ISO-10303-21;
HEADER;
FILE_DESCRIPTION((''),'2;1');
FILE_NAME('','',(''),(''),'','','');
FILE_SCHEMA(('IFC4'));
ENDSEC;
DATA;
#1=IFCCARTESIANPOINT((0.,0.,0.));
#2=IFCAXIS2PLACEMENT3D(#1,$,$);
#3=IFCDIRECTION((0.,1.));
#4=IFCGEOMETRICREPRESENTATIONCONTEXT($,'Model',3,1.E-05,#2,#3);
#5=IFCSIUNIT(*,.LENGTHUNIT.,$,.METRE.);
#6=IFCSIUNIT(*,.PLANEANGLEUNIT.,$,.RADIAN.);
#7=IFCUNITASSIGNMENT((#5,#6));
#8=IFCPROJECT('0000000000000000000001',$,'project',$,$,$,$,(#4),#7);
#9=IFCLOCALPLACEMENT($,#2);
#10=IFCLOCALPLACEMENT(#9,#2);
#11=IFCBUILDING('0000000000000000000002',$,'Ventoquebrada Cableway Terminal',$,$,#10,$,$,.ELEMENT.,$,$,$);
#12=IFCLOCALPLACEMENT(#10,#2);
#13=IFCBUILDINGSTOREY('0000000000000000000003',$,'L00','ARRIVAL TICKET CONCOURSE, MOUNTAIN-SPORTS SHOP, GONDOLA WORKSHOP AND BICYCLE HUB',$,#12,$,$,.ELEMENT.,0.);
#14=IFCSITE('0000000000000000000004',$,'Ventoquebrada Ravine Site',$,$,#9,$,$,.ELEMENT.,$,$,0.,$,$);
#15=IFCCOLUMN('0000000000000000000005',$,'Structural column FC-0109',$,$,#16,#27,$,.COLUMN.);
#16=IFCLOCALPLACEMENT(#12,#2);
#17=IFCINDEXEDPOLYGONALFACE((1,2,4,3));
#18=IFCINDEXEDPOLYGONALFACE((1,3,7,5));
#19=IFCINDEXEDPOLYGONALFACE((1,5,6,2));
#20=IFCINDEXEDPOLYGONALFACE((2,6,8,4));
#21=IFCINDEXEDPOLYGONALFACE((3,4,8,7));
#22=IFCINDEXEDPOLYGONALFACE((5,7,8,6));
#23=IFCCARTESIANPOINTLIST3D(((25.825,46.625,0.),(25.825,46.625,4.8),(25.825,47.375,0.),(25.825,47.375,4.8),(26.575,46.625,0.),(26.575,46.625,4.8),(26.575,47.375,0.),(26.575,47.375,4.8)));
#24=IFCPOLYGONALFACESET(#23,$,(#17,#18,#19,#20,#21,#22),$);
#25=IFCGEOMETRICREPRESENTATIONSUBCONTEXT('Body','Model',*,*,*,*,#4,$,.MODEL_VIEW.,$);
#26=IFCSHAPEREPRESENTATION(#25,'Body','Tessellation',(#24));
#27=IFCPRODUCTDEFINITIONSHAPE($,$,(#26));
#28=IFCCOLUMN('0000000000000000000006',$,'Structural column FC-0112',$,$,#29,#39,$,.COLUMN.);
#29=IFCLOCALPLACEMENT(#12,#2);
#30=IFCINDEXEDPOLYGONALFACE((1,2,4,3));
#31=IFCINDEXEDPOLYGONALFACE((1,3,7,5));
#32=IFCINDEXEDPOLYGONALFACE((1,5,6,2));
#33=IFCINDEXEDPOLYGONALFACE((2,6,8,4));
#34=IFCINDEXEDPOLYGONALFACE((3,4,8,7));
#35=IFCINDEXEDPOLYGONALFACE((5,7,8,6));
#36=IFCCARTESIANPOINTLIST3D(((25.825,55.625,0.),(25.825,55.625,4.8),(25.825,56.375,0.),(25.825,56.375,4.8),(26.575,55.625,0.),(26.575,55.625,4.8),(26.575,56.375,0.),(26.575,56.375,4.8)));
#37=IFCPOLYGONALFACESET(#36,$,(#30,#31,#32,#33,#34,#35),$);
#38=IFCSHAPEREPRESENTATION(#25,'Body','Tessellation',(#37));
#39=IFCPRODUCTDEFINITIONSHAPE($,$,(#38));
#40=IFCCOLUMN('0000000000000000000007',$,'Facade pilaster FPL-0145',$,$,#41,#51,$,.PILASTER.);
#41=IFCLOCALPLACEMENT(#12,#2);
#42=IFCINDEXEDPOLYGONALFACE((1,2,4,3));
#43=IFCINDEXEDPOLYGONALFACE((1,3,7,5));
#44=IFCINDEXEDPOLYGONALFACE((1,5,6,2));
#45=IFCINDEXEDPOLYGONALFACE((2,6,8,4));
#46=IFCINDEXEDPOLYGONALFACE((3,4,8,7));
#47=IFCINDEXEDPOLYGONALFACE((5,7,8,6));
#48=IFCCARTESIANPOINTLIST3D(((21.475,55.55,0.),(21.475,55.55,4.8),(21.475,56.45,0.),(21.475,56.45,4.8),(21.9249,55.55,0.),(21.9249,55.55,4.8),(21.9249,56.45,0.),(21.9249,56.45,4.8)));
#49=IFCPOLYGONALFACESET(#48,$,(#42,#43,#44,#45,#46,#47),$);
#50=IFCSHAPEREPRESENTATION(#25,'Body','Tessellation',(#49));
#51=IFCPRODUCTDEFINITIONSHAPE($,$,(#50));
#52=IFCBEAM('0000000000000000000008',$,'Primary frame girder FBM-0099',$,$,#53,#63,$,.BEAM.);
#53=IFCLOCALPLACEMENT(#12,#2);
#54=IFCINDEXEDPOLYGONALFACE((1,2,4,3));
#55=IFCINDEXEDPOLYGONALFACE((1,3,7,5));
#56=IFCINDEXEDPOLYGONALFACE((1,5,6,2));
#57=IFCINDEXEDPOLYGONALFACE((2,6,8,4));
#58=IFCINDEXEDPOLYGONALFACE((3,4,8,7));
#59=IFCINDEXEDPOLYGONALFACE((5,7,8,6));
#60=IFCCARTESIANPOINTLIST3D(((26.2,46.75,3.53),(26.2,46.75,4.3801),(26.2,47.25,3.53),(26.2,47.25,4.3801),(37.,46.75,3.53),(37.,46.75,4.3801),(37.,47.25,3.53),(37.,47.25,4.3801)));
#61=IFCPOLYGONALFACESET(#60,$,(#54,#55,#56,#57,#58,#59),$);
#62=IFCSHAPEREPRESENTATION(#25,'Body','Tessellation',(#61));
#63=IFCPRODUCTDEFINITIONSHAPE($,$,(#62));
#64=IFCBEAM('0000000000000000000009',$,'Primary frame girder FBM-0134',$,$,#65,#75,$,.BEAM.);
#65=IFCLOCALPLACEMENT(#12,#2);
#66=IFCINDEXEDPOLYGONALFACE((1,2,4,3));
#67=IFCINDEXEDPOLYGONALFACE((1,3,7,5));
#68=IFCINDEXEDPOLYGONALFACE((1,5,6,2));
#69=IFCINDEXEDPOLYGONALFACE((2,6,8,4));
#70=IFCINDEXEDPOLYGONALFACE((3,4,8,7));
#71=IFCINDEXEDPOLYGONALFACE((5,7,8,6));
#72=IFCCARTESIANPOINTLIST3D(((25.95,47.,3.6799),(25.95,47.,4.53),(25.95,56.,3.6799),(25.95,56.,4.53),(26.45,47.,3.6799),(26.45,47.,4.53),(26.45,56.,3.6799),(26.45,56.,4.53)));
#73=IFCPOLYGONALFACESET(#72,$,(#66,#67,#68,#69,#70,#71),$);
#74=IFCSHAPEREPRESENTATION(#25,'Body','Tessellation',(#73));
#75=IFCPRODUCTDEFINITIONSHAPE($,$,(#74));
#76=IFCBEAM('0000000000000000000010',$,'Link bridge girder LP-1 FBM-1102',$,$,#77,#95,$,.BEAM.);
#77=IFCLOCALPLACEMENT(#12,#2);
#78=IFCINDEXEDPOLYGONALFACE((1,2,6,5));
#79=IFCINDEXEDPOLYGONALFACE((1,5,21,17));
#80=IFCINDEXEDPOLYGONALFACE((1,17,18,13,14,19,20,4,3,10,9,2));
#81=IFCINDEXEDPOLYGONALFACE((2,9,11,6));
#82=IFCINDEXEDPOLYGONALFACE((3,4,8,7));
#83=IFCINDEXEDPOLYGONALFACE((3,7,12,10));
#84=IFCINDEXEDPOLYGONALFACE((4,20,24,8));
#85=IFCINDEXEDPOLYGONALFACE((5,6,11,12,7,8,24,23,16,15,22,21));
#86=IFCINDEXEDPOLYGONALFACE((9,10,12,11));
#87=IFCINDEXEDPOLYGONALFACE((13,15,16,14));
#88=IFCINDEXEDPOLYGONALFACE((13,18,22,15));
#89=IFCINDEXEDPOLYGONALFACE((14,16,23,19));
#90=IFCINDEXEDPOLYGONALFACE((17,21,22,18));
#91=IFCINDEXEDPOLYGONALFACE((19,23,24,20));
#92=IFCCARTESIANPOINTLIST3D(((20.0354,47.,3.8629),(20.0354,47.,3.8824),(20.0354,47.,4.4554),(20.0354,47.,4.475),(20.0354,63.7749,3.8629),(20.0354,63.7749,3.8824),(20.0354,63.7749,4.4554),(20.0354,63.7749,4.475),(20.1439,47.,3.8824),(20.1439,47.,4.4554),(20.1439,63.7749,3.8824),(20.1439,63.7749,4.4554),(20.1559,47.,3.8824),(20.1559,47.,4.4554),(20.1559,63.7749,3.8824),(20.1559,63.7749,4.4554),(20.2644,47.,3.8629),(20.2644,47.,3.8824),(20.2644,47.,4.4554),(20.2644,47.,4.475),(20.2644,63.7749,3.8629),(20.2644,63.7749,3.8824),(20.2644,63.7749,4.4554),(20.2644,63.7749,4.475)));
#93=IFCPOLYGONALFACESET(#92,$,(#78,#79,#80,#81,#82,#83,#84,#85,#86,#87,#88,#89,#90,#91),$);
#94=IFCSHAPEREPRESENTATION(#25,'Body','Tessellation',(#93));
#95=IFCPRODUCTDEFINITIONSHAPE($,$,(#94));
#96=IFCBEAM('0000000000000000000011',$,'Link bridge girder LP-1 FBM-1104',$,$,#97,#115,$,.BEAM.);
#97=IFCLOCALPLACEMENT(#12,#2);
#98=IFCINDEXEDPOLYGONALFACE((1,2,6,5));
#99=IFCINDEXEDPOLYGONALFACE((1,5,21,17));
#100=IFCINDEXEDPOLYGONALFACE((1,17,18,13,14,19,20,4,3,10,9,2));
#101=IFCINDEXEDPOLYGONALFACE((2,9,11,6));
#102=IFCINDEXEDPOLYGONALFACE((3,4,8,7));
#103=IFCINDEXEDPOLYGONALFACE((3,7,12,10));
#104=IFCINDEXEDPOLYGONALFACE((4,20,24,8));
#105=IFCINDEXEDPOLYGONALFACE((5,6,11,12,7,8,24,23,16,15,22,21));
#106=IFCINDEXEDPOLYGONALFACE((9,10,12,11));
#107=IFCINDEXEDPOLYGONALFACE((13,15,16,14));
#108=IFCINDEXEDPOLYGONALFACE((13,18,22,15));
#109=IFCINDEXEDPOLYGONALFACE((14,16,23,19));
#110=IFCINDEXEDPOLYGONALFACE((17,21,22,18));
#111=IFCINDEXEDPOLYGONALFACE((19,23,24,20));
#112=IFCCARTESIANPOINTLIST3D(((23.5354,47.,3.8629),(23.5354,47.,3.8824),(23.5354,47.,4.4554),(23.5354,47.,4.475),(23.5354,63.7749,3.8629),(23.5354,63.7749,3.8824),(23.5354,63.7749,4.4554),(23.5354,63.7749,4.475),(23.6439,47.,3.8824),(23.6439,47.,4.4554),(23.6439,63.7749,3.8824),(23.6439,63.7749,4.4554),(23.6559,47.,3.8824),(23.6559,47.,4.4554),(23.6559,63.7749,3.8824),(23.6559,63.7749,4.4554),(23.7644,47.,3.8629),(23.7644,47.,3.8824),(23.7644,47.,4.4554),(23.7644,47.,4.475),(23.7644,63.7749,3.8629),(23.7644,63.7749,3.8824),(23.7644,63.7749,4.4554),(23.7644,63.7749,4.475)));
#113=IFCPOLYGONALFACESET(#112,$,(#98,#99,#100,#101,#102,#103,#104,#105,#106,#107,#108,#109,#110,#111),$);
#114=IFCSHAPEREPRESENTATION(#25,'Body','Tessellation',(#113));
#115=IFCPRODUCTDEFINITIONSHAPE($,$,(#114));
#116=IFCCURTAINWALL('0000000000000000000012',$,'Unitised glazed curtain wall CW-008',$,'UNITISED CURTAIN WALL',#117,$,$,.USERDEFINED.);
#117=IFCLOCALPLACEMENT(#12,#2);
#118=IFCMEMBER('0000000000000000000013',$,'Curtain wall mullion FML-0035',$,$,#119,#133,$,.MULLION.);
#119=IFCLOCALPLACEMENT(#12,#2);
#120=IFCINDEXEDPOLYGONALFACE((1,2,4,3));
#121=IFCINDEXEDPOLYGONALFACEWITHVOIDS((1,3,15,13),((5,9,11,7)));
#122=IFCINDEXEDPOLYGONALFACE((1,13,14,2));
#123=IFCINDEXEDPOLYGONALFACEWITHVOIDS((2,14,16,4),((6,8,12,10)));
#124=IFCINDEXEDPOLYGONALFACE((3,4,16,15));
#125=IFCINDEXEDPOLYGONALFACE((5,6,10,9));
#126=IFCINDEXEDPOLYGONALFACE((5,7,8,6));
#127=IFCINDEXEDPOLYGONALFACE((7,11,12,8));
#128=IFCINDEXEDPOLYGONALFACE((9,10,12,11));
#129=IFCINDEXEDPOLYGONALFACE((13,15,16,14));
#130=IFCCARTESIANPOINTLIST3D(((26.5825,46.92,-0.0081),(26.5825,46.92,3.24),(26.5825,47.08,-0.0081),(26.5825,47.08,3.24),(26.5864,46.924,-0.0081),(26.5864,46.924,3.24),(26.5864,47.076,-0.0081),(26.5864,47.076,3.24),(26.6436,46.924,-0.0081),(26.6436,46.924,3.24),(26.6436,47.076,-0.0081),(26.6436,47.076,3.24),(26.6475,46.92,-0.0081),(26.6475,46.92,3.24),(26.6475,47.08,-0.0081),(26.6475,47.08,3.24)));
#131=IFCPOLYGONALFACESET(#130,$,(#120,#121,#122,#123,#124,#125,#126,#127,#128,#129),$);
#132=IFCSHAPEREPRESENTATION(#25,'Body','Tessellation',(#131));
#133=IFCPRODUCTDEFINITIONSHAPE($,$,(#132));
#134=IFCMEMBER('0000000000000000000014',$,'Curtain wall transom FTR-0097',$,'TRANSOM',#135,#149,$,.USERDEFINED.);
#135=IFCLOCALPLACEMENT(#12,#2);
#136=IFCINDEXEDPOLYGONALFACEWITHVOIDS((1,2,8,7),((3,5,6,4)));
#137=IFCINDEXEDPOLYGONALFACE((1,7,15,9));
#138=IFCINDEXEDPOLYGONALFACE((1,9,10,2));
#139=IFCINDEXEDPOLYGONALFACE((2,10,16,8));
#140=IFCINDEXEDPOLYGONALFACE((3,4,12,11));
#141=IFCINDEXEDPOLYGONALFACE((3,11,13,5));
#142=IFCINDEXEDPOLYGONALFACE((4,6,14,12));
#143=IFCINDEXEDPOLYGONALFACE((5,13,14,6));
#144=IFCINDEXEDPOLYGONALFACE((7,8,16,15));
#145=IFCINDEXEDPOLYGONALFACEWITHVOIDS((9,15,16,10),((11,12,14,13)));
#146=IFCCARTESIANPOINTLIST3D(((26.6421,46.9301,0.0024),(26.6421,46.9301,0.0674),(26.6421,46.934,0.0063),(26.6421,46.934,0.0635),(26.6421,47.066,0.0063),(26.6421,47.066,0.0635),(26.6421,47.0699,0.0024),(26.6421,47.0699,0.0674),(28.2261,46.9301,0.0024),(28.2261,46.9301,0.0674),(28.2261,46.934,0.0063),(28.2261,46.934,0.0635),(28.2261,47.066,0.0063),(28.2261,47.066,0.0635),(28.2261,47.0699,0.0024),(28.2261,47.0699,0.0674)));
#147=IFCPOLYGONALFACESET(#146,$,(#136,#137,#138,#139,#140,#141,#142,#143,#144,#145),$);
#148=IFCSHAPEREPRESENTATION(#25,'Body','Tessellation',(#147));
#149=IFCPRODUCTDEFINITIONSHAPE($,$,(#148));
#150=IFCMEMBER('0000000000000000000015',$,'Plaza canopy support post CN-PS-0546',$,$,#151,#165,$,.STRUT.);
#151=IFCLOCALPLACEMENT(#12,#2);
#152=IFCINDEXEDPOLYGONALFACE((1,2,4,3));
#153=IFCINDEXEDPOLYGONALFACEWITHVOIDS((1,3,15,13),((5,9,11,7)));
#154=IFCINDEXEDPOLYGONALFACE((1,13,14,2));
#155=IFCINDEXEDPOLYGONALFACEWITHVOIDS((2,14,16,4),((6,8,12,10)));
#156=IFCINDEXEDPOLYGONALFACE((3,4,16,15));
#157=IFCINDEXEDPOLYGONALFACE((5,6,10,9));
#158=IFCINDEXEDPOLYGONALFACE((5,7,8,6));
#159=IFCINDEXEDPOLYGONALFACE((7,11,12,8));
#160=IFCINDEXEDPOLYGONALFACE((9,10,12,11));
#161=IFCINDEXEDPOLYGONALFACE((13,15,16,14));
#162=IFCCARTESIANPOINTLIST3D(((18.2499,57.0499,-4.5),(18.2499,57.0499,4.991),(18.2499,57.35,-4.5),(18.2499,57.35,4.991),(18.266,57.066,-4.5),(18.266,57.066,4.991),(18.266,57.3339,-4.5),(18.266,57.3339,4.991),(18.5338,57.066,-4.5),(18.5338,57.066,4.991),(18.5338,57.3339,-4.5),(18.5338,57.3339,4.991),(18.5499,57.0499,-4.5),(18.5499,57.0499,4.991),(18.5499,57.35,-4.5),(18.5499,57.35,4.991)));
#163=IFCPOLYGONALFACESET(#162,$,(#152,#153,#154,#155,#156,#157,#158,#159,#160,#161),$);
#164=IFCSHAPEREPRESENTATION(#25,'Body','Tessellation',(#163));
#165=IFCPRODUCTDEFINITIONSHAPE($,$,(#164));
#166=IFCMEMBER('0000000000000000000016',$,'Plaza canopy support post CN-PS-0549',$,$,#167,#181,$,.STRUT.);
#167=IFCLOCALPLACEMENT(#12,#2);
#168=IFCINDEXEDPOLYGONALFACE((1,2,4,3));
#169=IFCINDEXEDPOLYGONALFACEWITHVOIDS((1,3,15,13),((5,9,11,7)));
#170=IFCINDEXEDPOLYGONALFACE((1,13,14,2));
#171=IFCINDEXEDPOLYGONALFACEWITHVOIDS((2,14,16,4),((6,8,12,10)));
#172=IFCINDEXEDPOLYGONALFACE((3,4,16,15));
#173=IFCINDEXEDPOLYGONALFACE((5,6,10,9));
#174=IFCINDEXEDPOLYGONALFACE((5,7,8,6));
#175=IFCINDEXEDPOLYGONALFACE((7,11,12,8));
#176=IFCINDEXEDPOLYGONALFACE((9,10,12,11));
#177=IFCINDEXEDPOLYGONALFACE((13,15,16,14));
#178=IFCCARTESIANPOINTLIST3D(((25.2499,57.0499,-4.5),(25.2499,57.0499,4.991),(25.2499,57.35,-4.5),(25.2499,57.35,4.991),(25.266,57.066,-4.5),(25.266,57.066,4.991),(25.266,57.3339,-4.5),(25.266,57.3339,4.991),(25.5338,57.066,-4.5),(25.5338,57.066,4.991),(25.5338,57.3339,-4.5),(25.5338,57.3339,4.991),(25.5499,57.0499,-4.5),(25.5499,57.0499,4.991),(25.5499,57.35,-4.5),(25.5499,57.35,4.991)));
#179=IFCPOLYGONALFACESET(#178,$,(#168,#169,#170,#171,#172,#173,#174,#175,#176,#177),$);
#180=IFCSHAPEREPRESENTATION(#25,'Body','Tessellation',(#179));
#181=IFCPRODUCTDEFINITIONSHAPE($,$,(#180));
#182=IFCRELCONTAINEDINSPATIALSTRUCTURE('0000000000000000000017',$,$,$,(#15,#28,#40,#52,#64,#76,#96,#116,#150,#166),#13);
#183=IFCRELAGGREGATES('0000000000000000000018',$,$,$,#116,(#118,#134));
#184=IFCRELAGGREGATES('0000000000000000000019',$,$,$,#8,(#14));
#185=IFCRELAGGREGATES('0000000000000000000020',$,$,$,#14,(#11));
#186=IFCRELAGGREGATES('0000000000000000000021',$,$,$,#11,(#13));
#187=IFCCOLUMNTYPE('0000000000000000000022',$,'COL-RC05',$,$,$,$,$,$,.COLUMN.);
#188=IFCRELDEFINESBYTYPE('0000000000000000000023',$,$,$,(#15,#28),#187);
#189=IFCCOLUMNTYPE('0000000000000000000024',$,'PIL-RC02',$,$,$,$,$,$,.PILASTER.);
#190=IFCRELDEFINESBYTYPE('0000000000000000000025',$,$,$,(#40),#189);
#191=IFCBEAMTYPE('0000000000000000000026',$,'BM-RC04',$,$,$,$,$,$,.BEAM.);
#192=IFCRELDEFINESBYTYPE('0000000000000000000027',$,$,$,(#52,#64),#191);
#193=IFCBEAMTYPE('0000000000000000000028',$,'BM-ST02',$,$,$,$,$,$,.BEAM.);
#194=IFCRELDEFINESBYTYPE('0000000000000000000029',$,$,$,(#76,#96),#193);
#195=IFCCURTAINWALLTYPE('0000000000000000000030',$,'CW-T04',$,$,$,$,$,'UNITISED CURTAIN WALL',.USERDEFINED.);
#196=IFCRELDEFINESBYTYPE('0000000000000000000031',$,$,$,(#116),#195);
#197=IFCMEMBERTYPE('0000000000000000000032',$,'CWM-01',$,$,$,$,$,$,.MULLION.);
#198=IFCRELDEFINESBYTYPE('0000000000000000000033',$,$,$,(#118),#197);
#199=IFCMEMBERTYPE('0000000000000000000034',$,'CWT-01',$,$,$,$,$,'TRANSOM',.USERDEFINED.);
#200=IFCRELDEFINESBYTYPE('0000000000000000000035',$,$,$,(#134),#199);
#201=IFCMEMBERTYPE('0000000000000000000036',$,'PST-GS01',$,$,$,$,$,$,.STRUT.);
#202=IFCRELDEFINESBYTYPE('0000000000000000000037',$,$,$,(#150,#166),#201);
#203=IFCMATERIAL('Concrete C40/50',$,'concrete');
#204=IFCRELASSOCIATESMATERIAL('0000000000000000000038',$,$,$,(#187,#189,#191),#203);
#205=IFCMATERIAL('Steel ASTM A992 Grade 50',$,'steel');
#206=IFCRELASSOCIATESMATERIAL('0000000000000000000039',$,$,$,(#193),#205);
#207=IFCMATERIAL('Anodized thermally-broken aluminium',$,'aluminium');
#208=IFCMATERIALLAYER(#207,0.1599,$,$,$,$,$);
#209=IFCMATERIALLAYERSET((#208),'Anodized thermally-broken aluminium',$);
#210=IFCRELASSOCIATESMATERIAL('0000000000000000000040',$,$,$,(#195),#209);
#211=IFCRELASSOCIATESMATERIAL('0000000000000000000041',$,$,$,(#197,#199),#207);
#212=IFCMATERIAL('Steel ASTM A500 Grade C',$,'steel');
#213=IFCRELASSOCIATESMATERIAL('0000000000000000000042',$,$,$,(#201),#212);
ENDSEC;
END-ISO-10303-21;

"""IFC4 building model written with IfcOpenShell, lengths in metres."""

from ifc_helpers import new_model, si_unit, direction, frame, origin, origin_2d, place, context, subcontext, project, spatial, rectangle, hollow_rectangle, i_section, extrude, material, layer, layer_set, material_profile, profile_set, type_object, element, aggregate, save


model = new_model("IFC4")

# Units and contexts
model_context = context("Model", 3, precision=1e-05, world=origin(), true_north=direction((0.0, 1.0)))
body_context = subcontext(model_context, "Body", "Model", "MODEL_VIEW")
ifc_project = project(units=[si_unit("LENGTHUNIT", "METRE"), si_unit("PLANEANGLEUNIT", "RADIAN")], contexts=[model_context])

# Site, building, storey
site_placement = place(None, origin())
site = spatial("IfcSite", under=ifc_project, at=site_placement, Name="Ventoquebrada Ravine Site", CompositionType="ELEMENT", RefElevation=0.0)
building_placement = place(site_placement, origin())
building = spatial("IfcBuilding", under=site, at=building_placement, Name="Ventoquebrada Cableway Terminal", CompositionType="ELEMENT")
storey_placement = place(building_placement, origin())
storey = spatial("IfcBuildingStorey", under=building, at=storey_placement, Name="L00", Description="ARRIVAL TICKET CONCOURSE, MOUNTAIN-SPORTS SHOP, GONDOLA WORKSHOP AND BICYCLE HUB", CompositionType="ELEMENT", Elevation=0.0)

# Columns
ifc_material_1 = material(Name="Concrete C40/50", Category="concrete")
ifc_material_profile_1 = material_profile(ifc_material_1, rectangle(XDim=0.75, YDim=0.75, at=origin_2d()), Name="RC-COL-750X750")
ifc_profile_set_1 = profile_set([ifc_material_profile_1], Name="Concrete C40/50")
column_type_1 = type_object("IfcColumnType", Name="COL-RC05", PredefinedType="COLUMN", material=ifc_profile_set_1)
for number, where, z_axis, x_axis, name in (
    (1, (26.2, 47.0, 0.0), (0.0, 0.0, 1.0), (1.0, 0.0, 0.0), "Structural column FC-0109"),
    (2, (26.2, 56.0, 0.0), (0.0, 0.0, 1.0), (1.0, 0.0, 0.0), "Structural column FC-0112"),
):
    element("IfcColumn", number, at=place(storey_placement, frame(where, z_axis=z_axis, x_axis=x_axis)), inside=storey, type_object=column_type_1, Name=name, PredefinedType="COLUMN", context=body_context, shape_type="SweptSolid", body=[
        extrude(rectangle(XDim=0.75, YDim=0.75, at=origin_2d()), origin(), (0.0, 0.0, 1.0), 4.8),
    ])
ifc_material_profile_2 = material_profile(ifc_material_1, rectangle(XDim=0.45, YDim=0.8999, at=origin_2d()), Name="RC-PIL-450X900")
ifc_profile_set_2 = profile_set([ifc_material_profile_2], Name="Concrete C40/50")
column_type_2 = type_object("IfcColumnType", Name="PIL-RC02", PredefinedType="PILASTER", material=ifc_profile_set_2)
column_placement = place(storey_placement, frame((21.7, 56.0, 0.0), z_axis=(0.0, 0.0, 1.0), x_axis=(1.0, 0.0, 0.0)))
element("IfcColumn", 3, at=column_placement, inside=storey, type_object=column_type_2, Name="Facade pilaster FPL-0145", PredefinedType="PILASTER", context=body_context, shape_type="SweptSolid", body=[
    extrude(rectangle(XDim=0.45, YDim=0.8999, at=origin_2d()), origin(), (0.0, 0.0, 1.0), 4.8),
])

# Beams
ifc_material_profile_3 = material_profile(ifc_material_1, rectangle(XDim=0.5, YDim=0.8501, at=origin_2d()), Name="RC-BM-500X850")
ifc_profile_set_3 = profile_set([ifc_material_profile_3], Name="Concrete C40/50")
beam_type_1 = type_object("IfcBeamType", Name="BM-RC04", PredefinedType="BEAM", material=ifc_profile_set_3)
beam_1_placement = place(storey_placement, frame((26.2, 47.0, 3.9551), z_axis=(1.0, 0.0, 0.0), x_axis=(0.0, 1.0, 0.0)))
element("IfcBeam", 4, at=beam_1_placement, inside=storey, type_object=beam_type_1, Name="Primary frame girder FBM-0099", PredefinedType="BEAM", context=body_context, shape_type="SweptSolid", body=[
    extrude(rectangle(XDim=0.5, YDim=0.8501, at=origin_2d()), origin(), (0.0, 0.0, 1.0), 10.8),
])
beam_2_placement = place(storey_placement, frame((26.2, 47.0, 4.105), z_axis=(0.0, 1.0, 0.0), x_axis=(-1.0, 0.0, 0.0)))
element("IfcBeam", 5, at=beam_2_placement, inside=storey, type_object=beam_type_1, Name="Primary frame girder FBM-0134", PredefinedType="BEAM", context=body_context, shape_type="SweptSolid", body=[
    extrude(rectangle(XDim=0.5, YDim=0.8501, at=origin_2d()), origin(), (0.0, 0.0, 1.0), 9.0),
])
ifc_material_2 = material(Name="Steel ASTM A992 Grade 50", Category="steel")
ifc_material_profile_4 = material_profile(ifc_material_2, i_section(OverallWidth=0.229, OverallDepth=0.6121, WebThickness=0.012, FlangeThickness=0.0195, at=origin_2d()), Name="W24X84")
ifc_profile_set_4 = profile_set([ifc_material_profile_4], Name="Steel ASTM A992 Grade 50")
beam_type_2 = type_object("IfcBeamType", Name="BM-ST02", PredefinedType="BEAM", material=ifc_profile_set_4)
for number, where, z_axis, x_axis, name in (
    (6, (20.1499, 47.0, 4.1689), (0.0, 1.0, 0.0), (-1.0, 0.0, 0.0), "Link bridge girder LP-1 FBM-1102"),
    (7, (23.6499, 47.0, 4.1689), (0.0, 1.0, 0.0), (-1.0, 0.0, 0.0), "Link bridge girder LP-1 FBM-1104"),
):
    element("IfcBeam", number, at=place(storey_placement, frame(where, z_axis=z_axis, x_axis=x_axis)), inside=storey, type_object=beam_type_2, Name=name, PredefinedType="BEAM", context=body_context, shape_type="SweptSolid", body=[
        extrude(i_section(OverallWidth=0.229, OverallDepth=0.6121, WebThickness=0.012, FlangeThickness=0.0195, at=origin_2d()), origin(), (0.0, 0.0, 1.0), 16.7749),
    ])

# Curtain wall, members
ifc_material_3 = material(Name="Anodized thermally-broken aluminium", Category="aluminium")
ifc_layer_1 = layer(ifc_material_3, 0.1599)
ifc_layer_set_1 = layer_set([ifc_layer_1], Name="Anodized thermally-broken aluminium")
curtain_wall_type = type_object("IfcCurtainWallType", Name="CW-T04", ElementType="UNITISED CURTAIN WALL", PredefinedType="USERDEFINED", material=ifc_layer_set_1)
curtain_wall_placement = place(storey_placement, origin())
curtain_wall = element("IfcCurtainWall", 8, at=curtain_wall_placement, inside=storey, type_object=curtain_wall_type, Name="Unitised glazed curtain wall CW-008", ObjectType="UNITISED CURTAIN WALL", PredefinedType="USERDEFINED")
ifc_material_profile_5 = material_profile(ifc_material_3, hollow_rectangle(XDim=0.0649, YDim=0.1599, WallThickness=0.0039, at=origin_2d()), Name="CW-MUL-65X160")
ifc_profile_set_5 = profile_set([ifc_material_profile_5], Name="Anodized thermally-broken aluminium")
member_type_1 = type_object("IfcMemberType", Name="CWM-01", PredefinedType="MULLION", material=ifc_profile_set_5)
member_1_placement = place(storey_placement, frame((26.615, 47.0, -0.0081), z_axis=(0.0, 0.0, 1.0), x_axis=(-1.0, 0.0, 0.0)))
member_1 = element("IfcMember", 9, at=member_1_placement, type_object=member_type_1, Name="Curtain wall mullion FML-0035", PredefinedType="MULLION", context=body_context, shape_type="SweptSolid", body=[
    extrude(hollow_rectangle(XDim=0.0649, YDim=0.1599, WallThickness=0.0039, at=origin_2d()), origin(), (0.0, 0.0, 1.0), 3.248),
])
ifc_material_profile_6 = material_profile(ifc_material_3, hollow_rectangle(XDim=0.0649, YDim=0.1399, WallThickness=0.0039, at=origin_2d()), Name="CW-TRN-65X140")
ifc_profile_set_6 = profile_set([ifc_material_profile_6], Name="Anodized thermally-broken aluminium")
member_type_2 = type_object("IfcMemberType", Name="CWT-01", ElementType="TRANSOM", PredefinedType="USERDEFINED", material=ifc_profile_set_6)
member_2_placement = place(storey_placement, frame((28.2261, 47.0, 0.0349), z_axis=(-1.0, 0.0, 0.0), x_axis=(0.0, 0.0, 1.0)))
member_2 = element("IfcMember", 10, at=member_2_placement, type_object=member_type_2, Name="Curtain wall transom FTR-0097", ObjectType="TRANSOM", PredefinedType="USERDEFINED", context=body_context, shape_type="SweptSolid", body=[
    extrude(hollow_rectangle(XDim=0.0649, YDim=0.1399, WallThickness=0.0039, at=origin_2d()), origin(), (0.0, 0.0, 1.0), 1.584),
])

# Members
ifc_material_4 = material(Name="Steel ASTM A500 Grade C", Category="steel")
ifc_material_profile_7 = material_profile(ifc_material_4, hollow_rectangle(XDim=0.3, YDim=0.3, WallThickness=0.0161, at=origin_2d()), Name="HSS300X300X16")
ifc_profile_set_7 = profile_set([ifc_material_profile_7], Name="Steel ASTM A500 Grade C")
member_type_3 = type_object("IfcMemberType", Name="PST-GS01", PredefinedType="STRUT", material=ifc_profile_set_7)
for number, where, z_axis, x_axis, name in (
    (11, (18.3999, 57.2, -4.5), (0.0, 0.0, 1.0), (1.0, 0.0, 0.0), "Plaza canopy support post CN-PS-0546"),
    (12, (25.3999, 57.2, -4.5), (0.0, 0.0, 1.0), (1.0, 0.0, 0.0), "Plaza canopy support post CN-PS-0549"),
):
    element("IfcMember", number, at=place(storey_placement, frame(where, z_axis=z_axis, x_axis=x_axis)), inside=storey, type_object=member_type_3, Name=name, PredefinedType="STRUT", context=body_context, shape_type="SweptSolid", body=[
        extrude(hollow_rectangle(XDim=0.3, YDim=0.3, WallThickness=0.0161, at=origin_2d()), origin(), (0.0, 0.0, 1.0), 9.491),
    ])

aggregate(curtain_wall, [member_1, member_2])

save(model, "model.ifc")
